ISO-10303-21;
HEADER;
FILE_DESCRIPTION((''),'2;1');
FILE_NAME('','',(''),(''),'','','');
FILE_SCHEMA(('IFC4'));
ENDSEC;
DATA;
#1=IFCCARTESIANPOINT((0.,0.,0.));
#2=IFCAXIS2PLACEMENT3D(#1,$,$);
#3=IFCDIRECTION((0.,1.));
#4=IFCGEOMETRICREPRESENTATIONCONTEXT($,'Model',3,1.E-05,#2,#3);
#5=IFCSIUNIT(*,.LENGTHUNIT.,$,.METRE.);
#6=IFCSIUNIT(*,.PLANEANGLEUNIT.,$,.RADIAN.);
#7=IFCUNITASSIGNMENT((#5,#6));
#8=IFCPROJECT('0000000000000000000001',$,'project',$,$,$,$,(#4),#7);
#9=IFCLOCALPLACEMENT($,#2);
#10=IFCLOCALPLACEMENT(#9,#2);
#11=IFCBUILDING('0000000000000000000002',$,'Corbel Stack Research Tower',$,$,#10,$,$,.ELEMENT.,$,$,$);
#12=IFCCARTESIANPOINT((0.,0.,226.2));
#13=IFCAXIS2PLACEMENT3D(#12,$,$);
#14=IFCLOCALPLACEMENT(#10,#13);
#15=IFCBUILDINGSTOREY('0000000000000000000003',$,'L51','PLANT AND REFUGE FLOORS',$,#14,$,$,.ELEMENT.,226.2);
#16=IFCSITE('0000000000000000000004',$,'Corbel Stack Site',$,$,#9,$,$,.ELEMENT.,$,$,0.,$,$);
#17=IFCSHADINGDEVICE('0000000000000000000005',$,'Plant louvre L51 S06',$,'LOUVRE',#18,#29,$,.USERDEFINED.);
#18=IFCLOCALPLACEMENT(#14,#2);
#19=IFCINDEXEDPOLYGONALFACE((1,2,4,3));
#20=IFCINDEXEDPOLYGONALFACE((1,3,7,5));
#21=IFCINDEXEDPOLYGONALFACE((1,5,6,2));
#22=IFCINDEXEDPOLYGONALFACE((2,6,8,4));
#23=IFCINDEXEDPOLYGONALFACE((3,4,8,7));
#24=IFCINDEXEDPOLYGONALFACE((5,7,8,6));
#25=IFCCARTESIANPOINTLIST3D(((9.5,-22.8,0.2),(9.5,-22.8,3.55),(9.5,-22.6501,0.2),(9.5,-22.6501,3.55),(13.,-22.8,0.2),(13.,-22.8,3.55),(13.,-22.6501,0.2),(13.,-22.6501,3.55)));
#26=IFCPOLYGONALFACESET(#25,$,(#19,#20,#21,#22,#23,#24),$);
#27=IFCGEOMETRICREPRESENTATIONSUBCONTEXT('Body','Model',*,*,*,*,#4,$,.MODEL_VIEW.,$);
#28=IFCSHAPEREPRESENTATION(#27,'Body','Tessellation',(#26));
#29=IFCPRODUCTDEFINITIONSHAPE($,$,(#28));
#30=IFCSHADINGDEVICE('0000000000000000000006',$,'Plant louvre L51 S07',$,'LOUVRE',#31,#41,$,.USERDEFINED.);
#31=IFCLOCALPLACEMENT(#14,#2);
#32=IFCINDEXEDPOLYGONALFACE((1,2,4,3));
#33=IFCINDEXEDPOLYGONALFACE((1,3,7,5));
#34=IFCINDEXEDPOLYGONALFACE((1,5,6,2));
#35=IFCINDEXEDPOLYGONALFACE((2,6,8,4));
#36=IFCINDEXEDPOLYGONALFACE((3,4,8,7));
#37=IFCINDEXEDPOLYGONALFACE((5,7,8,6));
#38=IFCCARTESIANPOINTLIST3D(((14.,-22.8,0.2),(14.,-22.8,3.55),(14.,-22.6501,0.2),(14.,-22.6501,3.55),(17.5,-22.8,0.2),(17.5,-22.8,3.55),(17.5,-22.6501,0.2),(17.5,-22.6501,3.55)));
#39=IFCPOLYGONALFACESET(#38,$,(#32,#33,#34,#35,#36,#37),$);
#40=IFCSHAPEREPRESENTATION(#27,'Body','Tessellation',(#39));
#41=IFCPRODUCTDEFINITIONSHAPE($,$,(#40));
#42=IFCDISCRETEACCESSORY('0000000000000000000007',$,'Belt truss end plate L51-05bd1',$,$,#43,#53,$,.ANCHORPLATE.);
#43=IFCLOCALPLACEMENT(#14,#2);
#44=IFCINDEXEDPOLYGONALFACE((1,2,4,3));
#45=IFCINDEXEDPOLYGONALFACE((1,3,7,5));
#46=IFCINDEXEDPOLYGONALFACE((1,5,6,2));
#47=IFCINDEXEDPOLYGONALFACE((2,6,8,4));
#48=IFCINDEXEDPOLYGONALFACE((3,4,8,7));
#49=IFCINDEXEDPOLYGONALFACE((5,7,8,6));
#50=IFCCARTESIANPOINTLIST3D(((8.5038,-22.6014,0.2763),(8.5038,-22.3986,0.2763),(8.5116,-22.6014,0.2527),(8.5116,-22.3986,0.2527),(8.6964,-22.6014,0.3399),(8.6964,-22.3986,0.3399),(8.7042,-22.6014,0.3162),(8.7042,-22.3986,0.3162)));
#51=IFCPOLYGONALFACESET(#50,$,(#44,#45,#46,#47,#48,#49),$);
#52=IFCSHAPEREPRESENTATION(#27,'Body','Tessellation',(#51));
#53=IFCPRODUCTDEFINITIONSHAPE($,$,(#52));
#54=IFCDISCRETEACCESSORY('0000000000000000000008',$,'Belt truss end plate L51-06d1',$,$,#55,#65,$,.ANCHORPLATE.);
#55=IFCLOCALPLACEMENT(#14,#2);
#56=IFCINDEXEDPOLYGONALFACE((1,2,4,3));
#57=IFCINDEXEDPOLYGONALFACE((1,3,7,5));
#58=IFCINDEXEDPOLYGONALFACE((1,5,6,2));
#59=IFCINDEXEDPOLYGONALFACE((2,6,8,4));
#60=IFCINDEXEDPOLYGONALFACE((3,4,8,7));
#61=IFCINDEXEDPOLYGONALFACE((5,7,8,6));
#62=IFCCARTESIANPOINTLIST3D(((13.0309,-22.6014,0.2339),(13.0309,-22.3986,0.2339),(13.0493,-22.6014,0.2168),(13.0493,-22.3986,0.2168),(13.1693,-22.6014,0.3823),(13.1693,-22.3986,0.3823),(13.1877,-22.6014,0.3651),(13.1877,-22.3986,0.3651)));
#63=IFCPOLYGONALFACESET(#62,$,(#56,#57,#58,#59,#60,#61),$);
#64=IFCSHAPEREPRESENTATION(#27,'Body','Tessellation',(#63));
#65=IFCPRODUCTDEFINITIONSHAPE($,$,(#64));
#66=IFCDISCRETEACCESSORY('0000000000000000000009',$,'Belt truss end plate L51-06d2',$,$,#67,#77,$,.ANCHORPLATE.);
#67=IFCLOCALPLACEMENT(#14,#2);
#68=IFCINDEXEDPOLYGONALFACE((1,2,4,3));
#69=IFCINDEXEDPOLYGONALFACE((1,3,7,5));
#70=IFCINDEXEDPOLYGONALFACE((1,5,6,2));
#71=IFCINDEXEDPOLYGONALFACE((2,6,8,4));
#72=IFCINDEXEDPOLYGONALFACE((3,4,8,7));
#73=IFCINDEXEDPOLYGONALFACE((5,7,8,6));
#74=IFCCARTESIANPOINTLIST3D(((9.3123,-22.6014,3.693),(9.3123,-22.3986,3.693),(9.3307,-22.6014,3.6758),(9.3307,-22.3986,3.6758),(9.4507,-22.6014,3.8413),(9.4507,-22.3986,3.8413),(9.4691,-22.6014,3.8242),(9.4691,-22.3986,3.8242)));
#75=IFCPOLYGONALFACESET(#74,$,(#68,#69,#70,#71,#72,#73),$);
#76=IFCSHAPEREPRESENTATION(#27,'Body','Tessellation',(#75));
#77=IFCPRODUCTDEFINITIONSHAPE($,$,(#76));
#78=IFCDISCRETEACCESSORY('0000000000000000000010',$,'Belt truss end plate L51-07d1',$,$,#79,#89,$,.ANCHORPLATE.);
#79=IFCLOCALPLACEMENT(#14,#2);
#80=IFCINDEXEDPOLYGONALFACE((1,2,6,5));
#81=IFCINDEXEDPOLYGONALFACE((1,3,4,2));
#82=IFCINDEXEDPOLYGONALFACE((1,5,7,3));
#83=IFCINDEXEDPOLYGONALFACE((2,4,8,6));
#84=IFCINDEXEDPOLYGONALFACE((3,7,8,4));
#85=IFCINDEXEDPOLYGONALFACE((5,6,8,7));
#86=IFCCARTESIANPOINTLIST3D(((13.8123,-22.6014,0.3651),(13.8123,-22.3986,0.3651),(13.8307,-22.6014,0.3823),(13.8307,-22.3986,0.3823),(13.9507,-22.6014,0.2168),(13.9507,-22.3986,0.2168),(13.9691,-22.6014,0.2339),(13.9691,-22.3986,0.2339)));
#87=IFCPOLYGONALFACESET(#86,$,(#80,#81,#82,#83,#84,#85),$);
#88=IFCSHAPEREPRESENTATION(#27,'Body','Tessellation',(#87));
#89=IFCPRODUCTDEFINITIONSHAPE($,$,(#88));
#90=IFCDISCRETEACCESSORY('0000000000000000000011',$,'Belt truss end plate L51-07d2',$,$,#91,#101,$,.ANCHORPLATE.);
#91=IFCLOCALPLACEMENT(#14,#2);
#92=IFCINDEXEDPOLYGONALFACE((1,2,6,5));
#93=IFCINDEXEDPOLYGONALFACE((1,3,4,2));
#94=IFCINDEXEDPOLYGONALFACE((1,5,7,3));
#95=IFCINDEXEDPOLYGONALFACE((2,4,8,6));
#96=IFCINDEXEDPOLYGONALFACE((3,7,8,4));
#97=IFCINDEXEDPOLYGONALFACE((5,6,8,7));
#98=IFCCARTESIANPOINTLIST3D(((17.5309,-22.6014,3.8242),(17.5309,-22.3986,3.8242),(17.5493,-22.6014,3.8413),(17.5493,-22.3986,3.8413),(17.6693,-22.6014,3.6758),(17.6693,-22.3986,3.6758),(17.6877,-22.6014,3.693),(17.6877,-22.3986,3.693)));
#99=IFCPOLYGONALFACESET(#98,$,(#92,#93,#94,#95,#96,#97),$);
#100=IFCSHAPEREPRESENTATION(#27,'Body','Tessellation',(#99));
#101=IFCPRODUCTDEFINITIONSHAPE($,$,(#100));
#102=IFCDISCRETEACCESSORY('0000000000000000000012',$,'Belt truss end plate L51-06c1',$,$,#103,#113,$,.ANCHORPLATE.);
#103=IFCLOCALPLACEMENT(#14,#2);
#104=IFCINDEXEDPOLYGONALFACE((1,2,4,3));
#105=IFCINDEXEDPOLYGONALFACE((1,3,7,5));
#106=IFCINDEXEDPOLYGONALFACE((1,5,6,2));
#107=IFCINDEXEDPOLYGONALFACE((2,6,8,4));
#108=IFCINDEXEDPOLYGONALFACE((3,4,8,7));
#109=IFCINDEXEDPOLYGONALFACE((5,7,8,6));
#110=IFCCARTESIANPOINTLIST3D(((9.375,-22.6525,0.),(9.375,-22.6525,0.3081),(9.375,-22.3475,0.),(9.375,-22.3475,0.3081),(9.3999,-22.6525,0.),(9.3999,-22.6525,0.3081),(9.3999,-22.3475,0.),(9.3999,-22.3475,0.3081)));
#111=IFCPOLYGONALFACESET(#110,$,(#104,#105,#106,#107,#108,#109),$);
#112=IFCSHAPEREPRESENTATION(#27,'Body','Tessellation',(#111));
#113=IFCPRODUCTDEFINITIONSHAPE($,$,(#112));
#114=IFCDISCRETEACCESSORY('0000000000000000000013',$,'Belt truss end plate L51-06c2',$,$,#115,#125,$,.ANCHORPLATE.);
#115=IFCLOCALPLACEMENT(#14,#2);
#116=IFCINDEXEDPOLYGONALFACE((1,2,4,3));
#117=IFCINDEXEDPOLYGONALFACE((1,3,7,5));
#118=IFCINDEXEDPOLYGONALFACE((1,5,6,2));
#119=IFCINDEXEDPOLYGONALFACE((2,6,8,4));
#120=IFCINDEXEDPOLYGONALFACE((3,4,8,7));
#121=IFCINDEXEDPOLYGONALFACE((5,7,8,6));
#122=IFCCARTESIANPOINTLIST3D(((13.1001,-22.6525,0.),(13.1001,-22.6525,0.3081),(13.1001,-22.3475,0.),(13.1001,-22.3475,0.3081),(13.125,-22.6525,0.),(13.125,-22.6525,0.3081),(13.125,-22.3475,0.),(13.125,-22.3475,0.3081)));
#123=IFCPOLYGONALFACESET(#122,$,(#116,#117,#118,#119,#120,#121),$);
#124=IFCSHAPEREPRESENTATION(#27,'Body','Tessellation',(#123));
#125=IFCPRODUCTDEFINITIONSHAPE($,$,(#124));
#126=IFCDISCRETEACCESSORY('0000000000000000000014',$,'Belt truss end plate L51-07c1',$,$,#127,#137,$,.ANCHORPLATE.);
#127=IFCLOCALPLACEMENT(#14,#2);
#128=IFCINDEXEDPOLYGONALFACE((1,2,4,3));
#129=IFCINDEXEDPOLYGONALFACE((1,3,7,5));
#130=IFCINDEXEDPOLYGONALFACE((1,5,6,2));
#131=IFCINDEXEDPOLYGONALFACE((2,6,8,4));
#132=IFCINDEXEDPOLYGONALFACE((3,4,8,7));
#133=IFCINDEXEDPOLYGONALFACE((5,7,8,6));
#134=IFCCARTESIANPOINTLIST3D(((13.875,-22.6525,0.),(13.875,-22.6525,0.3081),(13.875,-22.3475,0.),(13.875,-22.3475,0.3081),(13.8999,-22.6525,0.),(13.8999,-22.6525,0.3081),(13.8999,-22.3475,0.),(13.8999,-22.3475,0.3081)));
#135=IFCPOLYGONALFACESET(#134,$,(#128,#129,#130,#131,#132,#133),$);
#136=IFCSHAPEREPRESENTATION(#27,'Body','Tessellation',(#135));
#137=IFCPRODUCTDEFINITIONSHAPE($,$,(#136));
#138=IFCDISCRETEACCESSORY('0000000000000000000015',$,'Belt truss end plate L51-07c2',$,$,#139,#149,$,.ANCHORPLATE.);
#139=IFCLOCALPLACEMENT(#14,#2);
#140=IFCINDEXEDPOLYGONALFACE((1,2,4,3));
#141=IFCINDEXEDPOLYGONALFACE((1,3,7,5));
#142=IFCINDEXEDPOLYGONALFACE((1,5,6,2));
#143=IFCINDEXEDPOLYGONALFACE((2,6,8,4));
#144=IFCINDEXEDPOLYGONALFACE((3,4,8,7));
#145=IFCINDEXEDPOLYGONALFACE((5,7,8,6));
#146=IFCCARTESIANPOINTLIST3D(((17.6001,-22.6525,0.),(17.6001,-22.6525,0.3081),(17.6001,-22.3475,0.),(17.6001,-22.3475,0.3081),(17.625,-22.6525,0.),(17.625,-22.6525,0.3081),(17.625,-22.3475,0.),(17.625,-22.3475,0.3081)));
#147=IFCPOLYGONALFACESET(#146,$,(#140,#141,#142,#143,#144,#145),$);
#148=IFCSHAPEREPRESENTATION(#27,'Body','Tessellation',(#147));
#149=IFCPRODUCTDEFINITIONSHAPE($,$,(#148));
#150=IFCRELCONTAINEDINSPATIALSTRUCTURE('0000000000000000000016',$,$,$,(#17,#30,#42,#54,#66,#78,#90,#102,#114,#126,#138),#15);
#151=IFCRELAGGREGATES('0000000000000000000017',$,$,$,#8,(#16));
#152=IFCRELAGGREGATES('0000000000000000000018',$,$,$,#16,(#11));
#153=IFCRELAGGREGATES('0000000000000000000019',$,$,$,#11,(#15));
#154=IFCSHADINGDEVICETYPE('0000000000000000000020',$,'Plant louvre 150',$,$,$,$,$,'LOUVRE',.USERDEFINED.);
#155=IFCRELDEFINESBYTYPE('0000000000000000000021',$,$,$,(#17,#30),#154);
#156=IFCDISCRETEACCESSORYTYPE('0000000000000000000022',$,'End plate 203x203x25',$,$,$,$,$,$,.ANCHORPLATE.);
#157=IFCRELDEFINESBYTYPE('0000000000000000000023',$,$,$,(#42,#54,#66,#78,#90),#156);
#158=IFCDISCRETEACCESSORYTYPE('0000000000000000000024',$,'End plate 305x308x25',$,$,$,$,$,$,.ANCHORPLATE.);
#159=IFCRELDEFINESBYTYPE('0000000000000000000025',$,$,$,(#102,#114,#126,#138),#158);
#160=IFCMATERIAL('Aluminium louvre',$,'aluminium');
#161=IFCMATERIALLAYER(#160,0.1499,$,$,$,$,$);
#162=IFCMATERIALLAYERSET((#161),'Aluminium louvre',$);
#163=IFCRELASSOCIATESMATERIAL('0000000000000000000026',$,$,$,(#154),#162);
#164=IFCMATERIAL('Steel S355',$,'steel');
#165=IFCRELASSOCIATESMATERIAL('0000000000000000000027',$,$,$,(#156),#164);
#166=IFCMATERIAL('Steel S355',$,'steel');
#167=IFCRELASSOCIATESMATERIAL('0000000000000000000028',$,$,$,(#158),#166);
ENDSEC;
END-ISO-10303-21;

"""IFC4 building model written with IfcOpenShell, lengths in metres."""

from ifc_helpers import new_model, si_unit, direction, frame, origin, origin_2d, place, context, subcontext, project, spatial, rectangle, extrude, material, layer, layer_set, material_profile, profile_set, type_object, element, save


model = new_model("IFC4")

# Units and contexts
model_context = context("Model", 3, precision=1e-05, world=origin(), true_north=direction((0.0, 1.0)))
body_context = subcontext(model_context, "Body", "Model", "MODEL_VIEW")
ifc_project = project(units=[si_unit("LENGTHUNIT", "METRE"), si_unit("PLANEANGLEUNIT", "RADIAN")], contexts=[model_context])

# Site, building, storey
site_placement = place(None, origin())
site = spatial("IfcSite", under=ifc_project, at=site_placement, Name="Corbel Stack Site", CompositionType="ELEMENT", RefElevation=0.0)
building_placement = place(site_placement, origin())
building = spatial("IfcBuilding", under=site, at=building_placement, Name="Corbel Stack Research Tower", CompositionType="ELEMENT")
storey_placement = place(building_placement, frame((0.0, 0.0, 226.2)))
storey = spatial("IfcBuildingStorey", under=building, at=storey_placement, Name="L51", Description="PLANT AND REFUGE FLOORS", CompositionType="ELEMENT", Elevation=226.2)

# Shading devices
ifc_material_1 = material(Name="Aluminium louvre", Category="aluminium")
ifc_layer_1 = layer(ifc_material_1, 0.1499)
ifc_layer_set_1 = layer_set([ifc_layer_1], Name="Aluminium louvre")
shading_device_type = type_object("IfcShadingDeviceType", Name="Plant louvre 150", ElementType="LOUVRE", PredefinedType="USERDEFINED", material=ifc_layer_set_1)
for number, where, z_axis, x_axis, name in (
    (1, (11.25, -22.7251, 0.2), (0.0, 0.0, 1.0), (1.0, 0.0, 0.0), "Plant louvre L51 S06"),
    (2, (15.75, -22.7251, 0.2), (0.0, 0.0, 1.0), (1.0, 0.0, 0.0), "Plant louvre L51 S07"),
):
    element("IfcShadingDevice", number, at=place(storey_placement, frame(where, z_axis=z_axis, x_axis=x_axis)), inside=storey, type_object=shading_device_type, Name=name, ObjectType="LOUVRE", PredefinedType="USERDEFINED", context=body_context, shape_type="SweptSolid", body=[
        extrude(rectangle(XDim=3.5, YDim=0.1499, at=origin_2d()), origin(), (0.0, 0.0, 1.0), 3.3501),
    ])

# Discrete accessories
ifc_material_2 = material(Name="Steel S355", Category="steel")
ifc_material_profile_1 = material_profile(ifc_material_2, rectangle(XDim=0.2029, YDim=0.2029, at=origin_2d()), Name="End plate 203x203x25")
ifc_profile_set_1 = profile_set([ifc_material_profile_1], Name="Steel S355")
discrete_accessory_type_1 = type_object("IfcDiscreteAccessoryType", Name="End plate 203x203x25", PredefinedType="ANCHORPLATE", material=ifc_profile_set_1)
discrete_accessory_placement = place(storey_placement, frame((8.6001, -22.5, 0.3081), z_axis=(0.313289, 0.0, -0.949658), x_axis=(0.0, 1.0, 0.0)))
element("IfcDiscreteAccessory", 3, at=discrete_accessory_placement, inside=storey, type_object=discrete_accessory_type_1, Name="Belt truss end plate L51-05bd1", PredefinedType="ANCHORPLATE", context=body_context, shape_type="SweptSolid", body=[
    extrude(rectangle(XDim=0.2029, YDim=0.2029, at=origin_2d()), origin(), (0.0, 0.0, 1.0), 0.0249),
])
for number, where, z_axis, x_axis, name in (
    (4, (13.1001, -22.5, 0.3081), (0.731055, 0.0, -0.682318), (0.0, 1.0, 0.0), "Belt truss end plate L51-06d1"),
    (5, (9.3999, -22.5, 3.75), (-0.731055, 0.0, 0.682318), (0.0, -1.0, 0.0), "Belt truss end plate L51-06d2"),
    (6, (13.8999, -22.5, 0.3081), (-0.731055, 0.0, -0.682318), (0.0, -1.0, 0.0), "Belt truss end plate L51-07d1"),
    (7, (17.6001, -22.5, 3.75), (0.731055, 0.0, 0.682318), (0.0, 1.0, 0.0), "Belt truss end plate L51-07d2"),
):
    element("IfcDiscreteAccessory", number, at=place(storey_placement, frame(where, z_axis=z_axis, x_axis=x_axis)), inside=storey, type_object=discrete_accessory_type_1, Name=name, PredefinedType="ANCHORPLATE", context=body_context, shape_type="SweptSolid", body=[
        extrude(rectangle(XDim=0.2029, YDim=0.2029, at=origin_2d()), origin(), (0.0, 0.0, 1.0), 0.0251),
    ])
ifc_material_3 = material(Name="Steel S355", Category="steel")
ifc_material_profile_2 = material_profile(ifc_material_3, rectangle(XDim=0.3049, YDim=0.3081, at=origin_2d()), Name="End plate 305x308x25")
ifc_profile_set_2 = profile_set([ifc_material_profile_2], Name="Steel S355")
discrete_accessory_type_2 = type_object("IfcDiscreteAccessoryType", Name="End plate 305x308x25", PredefinedType="ANCHORPLATE", material=ifc_profile_set_2)
for number, where, z_axis, x_axis, name in (
    (8, (9.3999, -22.5, 0.1541), (-1.0, 0.0, 0.0), (0.0, -1.0, 0.0), "Belt truss end plate L51-06c1"),
    (9, (13.1001, -22.5, 0.1541), (1.0, 0.0, 0.0), (0.0, 1.0, 0.0), "Belt truss end plate L51-06c2"),
    (10, (13.8999, -22.5, 0.1541), (-1.0, 0.0, 0.0), (0.0, -1.0, 0.0), "Belt truss end plate L51-07c1"),
    (11, (17.6001, -22.5, 0.1541), (1.0, 0.0, 0.0), (0.0, 1.0, 0.0), "Belt truss end plate L51-07c2"),
):
    element("IfcDiscreteAccessory", number, at=place(storey_placement, frame(where, z_axis=z_axis, x_axis=x_axis)), inside=storey, type_object=discrete_accessory_type_2, Name=name, PredefinedType="ANCHORPLATE", context=body_context, shape_type="SweptSolid", body=[
        extrude(rectangle(XDim=0.3049, YDim=0.3081, at=origin_2d()), origin(), (0.0, 0.0, 1.0), 0.0249),
    ])

save(model, "model.ifc")
